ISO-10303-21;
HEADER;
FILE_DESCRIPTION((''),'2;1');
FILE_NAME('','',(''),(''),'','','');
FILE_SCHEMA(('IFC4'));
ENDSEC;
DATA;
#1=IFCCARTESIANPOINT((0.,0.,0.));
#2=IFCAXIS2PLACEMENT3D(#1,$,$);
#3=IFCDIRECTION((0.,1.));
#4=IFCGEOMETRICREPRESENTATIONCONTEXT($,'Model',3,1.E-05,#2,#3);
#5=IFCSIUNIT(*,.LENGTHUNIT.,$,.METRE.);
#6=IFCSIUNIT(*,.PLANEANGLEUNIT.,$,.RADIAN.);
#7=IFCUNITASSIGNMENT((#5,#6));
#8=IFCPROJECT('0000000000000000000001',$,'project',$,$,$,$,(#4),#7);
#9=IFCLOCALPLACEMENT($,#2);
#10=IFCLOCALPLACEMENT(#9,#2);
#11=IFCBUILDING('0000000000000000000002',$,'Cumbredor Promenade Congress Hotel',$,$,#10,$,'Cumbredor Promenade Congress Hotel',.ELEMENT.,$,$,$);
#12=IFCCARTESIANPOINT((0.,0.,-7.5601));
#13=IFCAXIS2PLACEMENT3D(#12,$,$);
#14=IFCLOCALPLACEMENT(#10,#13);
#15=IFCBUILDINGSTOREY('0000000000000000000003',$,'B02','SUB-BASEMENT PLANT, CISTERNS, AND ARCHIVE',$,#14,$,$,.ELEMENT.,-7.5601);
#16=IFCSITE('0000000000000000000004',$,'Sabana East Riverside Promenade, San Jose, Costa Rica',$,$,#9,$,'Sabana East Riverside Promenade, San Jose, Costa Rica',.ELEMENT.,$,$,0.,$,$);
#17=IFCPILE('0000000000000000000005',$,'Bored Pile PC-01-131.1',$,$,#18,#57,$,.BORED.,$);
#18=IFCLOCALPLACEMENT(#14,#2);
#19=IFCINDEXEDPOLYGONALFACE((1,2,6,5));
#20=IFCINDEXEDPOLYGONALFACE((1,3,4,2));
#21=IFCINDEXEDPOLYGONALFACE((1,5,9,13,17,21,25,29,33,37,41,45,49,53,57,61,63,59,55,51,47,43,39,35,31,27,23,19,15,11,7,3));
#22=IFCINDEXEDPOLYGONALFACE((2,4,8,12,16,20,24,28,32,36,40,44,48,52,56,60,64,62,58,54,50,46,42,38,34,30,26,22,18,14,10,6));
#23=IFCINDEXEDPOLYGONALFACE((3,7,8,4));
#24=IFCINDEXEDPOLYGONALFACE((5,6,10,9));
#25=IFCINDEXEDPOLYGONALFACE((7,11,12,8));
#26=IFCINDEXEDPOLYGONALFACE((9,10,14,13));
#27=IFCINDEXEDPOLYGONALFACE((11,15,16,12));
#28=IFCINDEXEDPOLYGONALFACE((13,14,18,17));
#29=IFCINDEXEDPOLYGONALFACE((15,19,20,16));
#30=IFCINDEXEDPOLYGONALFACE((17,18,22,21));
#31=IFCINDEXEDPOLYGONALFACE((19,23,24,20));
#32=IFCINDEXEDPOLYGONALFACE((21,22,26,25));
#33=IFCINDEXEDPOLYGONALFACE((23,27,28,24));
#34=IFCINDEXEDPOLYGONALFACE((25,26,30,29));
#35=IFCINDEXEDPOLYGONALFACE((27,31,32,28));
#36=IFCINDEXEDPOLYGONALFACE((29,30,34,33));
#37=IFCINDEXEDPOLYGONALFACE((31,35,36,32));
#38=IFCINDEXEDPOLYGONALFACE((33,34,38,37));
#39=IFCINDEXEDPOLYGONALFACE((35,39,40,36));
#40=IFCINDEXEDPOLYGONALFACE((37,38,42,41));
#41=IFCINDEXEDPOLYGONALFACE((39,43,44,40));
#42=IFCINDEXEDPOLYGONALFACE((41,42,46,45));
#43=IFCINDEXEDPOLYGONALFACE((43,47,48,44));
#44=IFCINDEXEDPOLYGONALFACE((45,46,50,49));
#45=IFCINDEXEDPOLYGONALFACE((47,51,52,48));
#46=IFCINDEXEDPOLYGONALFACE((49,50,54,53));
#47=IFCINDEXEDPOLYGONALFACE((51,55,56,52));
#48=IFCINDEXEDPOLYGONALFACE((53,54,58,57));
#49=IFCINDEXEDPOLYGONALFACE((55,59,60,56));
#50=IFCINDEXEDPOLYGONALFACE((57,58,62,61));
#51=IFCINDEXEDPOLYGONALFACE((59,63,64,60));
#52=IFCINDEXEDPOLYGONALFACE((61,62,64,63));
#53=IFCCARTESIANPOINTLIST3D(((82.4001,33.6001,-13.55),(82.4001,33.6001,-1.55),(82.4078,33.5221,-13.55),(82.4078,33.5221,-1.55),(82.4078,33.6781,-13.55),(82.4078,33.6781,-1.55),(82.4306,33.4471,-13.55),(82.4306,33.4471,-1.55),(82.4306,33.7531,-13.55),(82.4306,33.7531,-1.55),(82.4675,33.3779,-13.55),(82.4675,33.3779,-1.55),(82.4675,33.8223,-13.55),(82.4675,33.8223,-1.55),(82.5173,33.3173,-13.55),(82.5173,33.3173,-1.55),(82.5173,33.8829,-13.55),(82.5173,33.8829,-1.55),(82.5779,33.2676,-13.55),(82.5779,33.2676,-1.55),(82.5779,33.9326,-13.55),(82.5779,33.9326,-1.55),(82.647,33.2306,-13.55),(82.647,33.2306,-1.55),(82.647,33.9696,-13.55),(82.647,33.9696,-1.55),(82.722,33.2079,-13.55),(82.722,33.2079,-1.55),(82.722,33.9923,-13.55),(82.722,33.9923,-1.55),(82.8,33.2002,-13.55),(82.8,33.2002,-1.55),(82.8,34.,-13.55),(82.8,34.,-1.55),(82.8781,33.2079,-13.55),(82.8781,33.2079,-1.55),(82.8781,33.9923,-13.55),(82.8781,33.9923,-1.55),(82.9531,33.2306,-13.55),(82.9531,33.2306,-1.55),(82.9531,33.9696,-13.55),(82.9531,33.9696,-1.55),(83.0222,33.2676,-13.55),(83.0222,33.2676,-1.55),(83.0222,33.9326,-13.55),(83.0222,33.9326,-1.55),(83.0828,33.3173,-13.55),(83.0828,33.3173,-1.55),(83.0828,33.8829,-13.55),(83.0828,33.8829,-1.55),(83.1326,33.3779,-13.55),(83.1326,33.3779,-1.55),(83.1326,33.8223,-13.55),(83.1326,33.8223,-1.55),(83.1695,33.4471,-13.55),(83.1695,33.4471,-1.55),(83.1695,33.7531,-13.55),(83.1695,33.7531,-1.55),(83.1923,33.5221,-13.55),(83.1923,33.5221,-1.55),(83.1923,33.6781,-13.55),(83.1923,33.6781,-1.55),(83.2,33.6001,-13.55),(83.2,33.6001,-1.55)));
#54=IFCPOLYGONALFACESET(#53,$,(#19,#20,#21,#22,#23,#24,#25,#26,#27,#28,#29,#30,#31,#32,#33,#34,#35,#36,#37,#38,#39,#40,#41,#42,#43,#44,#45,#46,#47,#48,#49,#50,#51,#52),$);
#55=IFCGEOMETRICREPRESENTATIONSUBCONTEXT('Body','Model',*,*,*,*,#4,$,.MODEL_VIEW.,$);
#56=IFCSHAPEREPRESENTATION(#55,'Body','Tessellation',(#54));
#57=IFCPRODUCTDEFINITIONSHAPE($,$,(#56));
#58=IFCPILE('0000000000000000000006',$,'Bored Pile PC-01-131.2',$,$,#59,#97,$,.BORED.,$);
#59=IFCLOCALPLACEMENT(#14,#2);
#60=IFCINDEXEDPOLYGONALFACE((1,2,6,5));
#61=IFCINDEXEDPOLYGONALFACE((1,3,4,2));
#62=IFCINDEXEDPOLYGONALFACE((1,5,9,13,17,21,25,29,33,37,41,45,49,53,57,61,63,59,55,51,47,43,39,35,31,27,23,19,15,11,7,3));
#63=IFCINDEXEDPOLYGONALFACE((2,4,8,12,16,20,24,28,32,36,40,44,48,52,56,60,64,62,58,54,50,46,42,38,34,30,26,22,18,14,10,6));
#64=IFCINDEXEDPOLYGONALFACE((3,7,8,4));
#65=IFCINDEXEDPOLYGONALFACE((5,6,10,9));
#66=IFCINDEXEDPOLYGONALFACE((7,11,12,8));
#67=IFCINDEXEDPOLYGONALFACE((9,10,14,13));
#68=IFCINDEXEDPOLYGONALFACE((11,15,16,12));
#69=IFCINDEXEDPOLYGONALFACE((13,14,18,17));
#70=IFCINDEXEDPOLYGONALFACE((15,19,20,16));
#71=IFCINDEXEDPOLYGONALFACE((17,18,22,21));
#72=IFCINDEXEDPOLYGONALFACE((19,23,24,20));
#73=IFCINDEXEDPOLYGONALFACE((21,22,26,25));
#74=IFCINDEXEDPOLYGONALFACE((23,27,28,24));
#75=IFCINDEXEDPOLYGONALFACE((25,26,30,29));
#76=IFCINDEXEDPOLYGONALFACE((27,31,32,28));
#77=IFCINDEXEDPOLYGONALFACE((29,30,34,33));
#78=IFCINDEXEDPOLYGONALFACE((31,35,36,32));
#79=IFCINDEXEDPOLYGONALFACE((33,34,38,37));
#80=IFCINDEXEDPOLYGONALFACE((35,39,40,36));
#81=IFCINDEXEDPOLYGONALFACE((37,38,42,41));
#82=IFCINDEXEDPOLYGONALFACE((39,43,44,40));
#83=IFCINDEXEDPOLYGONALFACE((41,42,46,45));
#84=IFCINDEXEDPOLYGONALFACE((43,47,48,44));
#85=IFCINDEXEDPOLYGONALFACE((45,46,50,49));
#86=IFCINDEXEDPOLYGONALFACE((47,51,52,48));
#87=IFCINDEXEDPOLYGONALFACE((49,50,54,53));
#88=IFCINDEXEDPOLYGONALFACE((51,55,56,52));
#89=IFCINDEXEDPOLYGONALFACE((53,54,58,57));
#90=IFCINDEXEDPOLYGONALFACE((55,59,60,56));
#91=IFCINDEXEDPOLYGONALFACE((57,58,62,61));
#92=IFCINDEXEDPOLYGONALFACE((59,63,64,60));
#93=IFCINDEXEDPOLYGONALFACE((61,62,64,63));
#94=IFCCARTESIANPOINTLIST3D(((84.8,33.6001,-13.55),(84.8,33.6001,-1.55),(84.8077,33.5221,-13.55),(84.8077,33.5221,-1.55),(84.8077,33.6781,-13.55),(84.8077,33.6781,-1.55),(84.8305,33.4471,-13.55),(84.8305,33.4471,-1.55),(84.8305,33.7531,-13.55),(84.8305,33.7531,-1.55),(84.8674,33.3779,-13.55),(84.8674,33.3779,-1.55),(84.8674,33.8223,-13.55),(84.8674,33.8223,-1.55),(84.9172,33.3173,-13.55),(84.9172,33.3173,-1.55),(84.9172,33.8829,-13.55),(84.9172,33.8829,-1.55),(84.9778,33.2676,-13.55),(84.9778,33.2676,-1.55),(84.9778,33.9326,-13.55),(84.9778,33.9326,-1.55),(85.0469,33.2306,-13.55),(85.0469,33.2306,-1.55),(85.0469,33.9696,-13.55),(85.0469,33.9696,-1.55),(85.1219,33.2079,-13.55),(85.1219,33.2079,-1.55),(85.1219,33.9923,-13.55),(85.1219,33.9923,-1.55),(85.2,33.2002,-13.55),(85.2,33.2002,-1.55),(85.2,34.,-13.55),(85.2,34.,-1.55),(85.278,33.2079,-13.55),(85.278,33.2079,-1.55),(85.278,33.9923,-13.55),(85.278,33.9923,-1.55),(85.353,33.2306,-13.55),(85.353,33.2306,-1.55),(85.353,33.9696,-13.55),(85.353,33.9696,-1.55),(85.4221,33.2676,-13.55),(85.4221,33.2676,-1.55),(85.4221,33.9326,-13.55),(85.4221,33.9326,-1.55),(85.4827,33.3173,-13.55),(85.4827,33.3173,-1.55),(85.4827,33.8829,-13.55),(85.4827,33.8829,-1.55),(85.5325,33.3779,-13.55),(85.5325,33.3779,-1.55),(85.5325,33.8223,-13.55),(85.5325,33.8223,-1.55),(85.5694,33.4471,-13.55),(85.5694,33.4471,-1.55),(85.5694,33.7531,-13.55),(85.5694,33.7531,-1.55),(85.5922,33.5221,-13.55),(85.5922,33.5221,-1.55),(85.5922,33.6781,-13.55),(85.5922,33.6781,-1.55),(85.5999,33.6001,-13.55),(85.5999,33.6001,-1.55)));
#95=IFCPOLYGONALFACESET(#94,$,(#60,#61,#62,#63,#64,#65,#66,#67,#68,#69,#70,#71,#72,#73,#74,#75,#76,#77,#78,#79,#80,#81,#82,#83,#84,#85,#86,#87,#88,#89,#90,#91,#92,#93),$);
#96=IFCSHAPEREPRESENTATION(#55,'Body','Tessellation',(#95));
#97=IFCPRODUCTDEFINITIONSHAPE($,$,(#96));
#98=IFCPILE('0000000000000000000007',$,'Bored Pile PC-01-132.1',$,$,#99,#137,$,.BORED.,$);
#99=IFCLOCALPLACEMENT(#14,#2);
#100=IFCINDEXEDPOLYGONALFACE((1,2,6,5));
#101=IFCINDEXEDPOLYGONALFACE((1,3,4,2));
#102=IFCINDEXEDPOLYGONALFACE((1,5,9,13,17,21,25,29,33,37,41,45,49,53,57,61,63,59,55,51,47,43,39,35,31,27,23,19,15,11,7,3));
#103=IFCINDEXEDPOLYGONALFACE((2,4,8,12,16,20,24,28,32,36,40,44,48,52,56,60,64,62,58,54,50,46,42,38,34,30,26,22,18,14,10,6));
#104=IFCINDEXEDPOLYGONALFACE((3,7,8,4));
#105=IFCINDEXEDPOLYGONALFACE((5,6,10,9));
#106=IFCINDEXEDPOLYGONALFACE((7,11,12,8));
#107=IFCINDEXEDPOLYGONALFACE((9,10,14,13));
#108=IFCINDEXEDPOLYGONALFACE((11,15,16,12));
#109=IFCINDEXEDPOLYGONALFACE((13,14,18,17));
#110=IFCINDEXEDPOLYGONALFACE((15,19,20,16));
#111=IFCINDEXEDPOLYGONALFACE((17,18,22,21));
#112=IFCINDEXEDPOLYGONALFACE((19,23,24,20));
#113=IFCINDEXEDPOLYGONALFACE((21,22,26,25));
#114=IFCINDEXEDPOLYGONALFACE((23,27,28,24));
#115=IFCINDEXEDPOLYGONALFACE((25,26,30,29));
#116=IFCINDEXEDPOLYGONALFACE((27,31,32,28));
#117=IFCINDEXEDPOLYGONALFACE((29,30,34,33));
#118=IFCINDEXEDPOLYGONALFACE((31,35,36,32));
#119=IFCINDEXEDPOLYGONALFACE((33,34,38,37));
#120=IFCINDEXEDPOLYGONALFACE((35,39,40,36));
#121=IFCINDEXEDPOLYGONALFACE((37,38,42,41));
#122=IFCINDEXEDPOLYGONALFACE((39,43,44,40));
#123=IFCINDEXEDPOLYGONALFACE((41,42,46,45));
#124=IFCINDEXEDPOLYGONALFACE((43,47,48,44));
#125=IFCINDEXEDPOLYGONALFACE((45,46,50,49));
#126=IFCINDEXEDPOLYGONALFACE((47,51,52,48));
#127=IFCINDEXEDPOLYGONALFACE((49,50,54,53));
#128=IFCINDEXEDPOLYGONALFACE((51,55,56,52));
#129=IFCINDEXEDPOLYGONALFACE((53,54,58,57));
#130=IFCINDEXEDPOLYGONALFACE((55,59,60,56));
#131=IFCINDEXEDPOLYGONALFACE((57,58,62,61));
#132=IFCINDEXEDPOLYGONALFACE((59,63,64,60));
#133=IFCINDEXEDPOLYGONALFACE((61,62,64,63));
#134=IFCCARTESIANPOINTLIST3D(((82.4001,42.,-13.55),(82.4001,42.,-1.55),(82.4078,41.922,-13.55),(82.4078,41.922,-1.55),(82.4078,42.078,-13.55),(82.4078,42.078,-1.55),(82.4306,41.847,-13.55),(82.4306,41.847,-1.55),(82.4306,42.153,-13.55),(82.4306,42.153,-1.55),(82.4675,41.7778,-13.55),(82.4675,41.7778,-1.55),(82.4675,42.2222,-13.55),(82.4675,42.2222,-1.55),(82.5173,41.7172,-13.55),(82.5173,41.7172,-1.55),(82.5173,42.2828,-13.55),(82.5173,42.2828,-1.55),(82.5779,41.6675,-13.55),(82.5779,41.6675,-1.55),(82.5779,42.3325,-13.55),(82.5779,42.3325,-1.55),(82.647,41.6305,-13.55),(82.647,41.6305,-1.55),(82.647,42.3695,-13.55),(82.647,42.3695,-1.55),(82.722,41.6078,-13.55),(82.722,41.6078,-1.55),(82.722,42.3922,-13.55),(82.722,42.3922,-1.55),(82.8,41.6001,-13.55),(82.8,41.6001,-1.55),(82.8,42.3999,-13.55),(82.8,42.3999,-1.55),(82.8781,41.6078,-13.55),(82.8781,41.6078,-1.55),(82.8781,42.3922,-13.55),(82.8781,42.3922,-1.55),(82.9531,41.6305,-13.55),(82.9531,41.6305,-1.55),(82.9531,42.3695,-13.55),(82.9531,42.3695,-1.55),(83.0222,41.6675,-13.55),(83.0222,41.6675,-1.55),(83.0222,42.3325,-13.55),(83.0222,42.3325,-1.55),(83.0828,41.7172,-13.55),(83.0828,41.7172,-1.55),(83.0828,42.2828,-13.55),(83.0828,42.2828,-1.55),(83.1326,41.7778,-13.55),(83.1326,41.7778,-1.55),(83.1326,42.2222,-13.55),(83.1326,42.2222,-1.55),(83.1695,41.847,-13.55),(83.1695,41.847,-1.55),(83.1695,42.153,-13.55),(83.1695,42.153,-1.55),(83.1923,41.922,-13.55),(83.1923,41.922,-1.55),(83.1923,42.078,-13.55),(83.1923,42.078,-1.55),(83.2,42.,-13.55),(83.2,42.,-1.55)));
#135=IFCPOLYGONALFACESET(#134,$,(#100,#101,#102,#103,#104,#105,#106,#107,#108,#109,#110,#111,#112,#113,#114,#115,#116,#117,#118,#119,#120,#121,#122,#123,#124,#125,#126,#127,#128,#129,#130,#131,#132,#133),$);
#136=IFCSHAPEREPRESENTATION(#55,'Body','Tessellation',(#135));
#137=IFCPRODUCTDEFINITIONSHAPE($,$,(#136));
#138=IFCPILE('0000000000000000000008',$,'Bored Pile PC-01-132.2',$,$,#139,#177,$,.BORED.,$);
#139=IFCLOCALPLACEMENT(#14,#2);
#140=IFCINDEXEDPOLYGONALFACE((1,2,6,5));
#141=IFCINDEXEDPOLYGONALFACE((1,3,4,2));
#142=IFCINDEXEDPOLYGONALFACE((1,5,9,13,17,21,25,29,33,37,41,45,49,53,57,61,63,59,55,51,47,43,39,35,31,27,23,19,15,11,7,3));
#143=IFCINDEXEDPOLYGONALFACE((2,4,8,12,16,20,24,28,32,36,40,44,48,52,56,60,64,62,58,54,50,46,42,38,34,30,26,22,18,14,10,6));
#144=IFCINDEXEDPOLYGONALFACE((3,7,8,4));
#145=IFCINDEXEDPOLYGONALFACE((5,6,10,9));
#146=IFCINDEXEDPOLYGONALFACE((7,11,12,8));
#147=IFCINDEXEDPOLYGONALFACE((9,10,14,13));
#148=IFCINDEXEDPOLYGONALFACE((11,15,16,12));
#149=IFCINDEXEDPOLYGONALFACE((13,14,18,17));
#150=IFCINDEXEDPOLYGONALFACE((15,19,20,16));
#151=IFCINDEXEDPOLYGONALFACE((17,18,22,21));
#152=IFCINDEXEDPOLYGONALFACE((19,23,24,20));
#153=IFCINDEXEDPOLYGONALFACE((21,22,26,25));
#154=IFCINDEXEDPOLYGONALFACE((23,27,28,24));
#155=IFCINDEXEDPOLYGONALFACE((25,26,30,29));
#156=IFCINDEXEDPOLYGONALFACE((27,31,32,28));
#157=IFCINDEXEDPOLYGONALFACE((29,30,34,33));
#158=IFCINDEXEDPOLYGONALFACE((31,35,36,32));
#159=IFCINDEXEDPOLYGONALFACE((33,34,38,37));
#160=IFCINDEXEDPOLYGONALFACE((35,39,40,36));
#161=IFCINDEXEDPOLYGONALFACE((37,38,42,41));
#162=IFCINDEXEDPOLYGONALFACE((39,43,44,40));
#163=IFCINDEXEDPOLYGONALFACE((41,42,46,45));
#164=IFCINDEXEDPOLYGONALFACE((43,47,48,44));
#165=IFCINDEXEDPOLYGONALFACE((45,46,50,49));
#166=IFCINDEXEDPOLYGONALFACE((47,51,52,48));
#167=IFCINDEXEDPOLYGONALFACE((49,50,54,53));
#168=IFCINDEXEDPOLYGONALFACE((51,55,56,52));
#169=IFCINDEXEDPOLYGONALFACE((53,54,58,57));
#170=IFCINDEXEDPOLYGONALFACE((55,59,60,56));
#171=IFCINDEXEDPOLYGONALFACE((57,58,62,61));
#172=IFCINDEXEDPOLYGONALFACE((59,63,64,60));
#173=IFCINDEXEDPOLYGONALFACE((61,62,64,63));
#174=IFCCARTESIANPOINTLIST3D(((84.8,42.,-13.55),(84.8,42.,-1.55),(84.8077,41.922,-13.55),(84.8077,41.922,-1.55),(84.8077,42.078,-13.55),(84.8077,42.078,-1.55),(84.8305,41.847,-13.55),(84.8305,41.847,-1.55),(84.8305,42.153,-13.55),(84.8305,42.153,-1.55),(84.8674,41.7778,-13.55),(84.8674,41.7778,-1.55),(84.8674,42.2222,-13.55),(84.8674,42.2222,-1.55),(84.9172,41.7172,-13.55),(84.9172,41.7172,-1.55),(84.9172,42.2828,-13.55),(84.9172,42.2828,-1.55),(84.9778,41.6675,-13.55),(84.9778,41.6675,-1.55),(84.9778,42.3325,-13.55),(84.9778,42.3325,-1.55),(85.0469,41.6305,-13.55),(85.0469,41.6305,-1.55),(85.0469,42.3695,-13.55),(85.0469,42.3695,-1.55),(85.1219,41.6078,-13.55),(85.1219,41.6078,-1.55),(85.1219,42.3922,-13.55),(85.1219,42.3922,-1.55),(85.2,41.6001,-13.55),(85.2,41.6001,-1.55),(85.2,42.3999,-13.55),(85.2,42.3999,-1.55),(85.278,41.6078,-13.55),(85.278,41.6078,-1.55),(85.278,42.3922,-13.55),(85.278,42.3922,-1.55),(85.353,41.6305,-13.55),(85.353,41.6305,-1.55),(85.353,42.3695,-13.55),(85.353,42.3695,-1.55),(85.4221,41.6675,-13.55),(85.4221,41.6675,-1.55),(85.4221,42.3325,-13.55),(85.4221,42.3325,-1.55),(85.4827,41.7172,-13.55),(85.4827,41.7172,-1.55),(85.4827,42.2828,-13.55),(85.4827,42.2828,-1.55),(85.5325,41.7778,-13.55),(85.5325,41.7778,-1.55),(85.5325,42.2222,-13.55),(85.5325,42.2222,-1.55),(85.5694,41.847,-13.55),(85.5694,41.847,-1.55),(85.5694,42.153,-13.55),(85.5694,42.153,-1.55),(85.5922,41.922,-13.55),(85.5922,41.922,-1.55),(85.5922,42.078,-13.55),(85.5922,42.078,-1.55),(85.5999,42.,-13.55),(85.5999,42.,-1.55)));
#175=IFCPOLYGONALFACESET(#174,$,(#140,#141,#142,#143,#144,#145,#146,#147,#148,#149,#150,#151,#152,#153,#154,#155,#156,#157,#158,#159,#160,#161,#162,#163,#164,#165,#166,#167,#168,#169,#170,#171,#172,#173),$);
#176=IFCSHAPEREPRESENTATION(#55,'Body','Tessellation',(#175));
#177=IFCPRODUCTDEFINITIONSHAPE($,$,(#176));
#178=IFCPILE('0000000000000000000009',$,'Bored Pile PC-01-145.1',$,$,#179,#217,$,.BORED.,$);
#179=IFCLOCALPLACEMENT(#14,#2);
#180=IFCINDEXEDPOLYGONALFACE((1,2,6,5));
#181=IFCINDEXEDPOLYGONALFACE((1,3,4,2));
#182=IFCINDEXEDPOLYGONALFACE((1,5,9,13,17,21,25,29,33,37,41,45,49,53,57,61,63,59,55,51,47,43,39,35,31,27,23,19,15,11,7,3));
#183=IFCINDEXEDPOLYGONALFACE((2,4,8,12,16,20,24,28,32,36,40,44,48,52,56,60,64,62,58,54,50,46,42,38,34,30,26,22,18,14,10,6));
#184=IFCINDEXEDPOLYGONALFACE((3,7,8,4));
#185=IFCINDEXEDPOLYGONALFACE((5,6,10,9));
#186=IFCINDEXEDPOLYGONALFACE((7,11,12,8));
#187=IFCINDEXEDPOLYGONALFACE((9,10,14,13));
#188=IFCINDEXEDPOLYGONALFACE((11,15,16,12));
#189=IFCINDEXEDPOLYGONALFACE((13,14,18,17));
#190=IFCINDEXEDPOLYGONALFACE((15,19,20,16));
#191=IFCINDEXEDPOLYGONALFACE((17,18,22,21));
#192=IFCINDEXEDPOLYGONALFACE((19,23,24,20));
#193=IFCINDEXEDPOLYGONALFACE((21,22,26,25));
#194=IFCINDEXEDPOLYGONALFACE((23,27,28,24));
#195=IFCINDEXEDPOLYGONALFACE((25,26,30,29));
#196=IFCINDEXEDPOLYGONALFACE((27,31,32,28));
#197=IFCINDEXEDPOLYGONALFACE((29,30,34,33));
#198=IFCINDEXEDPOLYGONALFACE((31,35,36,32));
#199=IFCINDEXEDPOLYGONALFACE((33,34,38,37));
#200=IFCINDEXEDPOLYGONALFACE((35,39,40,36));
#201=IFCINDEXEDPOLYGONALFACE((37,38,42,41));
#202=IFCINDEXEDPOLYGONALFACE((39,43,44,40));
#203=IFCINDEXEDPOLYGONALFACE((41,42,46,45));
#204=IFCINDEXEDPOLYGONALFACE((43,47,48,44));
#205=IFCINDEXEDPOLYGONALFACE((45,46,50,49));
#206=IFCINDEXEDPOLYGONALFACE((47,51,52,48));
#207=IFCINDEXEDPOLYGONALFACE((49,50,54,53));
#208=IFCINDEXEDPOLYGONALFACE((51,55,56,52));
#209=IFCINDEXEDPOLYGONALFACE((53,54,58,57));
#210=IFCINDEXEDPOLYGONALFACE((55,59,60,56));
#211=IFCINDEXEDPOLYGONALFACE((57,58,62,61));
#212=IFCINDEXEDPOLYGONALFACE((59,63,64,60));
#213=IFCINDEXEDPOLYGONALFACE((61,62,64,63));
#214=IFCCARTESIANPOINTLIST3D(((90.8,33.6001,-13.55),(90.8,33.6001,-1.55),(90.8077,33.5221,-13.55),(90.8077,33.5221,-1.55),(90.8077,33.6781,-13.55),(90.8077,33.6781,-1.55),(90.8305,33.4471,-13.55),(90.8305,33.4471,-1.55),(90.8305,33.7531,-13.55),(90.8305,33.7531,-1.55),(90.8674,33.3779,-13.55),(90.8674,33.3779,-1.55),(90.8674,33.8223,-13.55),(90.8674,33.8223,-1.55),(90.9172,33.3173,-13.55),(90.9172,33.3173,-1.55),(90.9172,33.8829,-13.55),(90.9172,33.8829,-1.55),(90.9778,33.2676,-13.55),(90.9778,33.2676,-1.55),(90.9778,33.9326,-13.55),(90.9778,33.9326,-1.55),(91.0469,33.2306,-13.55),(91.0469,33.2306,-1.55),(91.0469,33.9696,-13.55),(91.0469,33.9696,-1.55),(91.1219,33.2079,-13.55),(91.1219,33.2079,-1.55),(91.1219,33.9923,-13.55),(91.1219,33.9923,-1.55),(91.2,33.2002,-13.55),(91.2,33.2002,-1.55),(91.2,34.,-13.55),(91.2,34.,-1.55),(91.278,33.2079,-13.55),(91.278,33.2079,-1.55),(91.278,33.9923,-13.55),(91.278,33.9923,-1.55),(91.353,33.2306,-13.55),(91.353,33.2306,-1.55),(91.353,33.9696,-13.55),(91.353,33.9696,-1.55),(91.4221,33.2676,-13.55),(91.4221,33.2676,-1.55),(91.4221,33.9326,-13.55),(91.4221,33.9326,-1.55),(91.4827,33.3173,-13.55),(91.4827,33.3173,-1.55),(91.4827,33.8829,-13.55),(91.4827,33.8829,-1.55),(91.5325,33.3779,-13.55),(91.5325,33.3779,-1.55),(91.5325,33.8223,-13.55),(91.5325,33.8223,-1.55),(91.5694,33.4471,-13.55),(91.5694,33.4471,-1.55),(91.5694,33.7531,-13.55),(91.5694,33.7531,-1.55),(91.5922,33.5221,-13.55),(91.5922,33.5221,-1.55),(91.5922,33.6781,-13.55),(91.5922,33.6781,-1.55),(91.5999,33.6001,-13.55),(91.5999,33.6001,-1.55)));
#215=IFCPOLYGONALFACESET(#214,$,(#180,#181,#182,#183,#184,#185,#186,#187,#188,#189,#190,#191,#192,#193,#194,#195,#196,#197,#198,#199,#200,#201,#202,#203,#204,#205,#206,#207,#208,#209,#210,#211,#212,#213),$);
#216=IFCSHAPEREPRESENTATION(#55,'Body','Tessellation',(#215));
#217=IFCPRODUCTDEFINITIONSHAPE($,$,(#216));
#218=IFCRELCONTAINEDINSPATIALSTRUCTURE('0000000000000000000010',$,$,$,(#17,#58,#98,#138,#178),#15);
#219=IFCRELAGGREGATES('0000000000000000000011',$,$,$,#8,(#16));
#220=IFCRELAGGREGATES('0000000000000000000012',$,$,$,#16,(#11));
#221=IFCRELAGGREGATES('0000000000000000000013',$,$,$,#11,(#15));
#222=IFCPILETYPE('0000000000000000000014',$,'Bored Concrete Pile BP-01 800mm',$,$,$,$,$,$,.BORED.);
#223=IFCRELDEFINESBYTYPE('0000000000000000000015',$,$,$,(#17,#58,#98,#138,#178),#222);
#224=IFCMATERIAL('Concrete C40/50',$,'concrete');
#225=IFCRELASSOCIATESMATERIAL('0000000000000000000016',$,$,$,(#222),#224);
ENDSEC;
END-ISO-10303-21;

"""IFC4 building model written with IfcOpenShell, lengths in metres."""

from ifc_helpers import new_model, si_unit, direction, frame, origin, origin_2d, place, context, subcontext, project, spatial, circle, extrude, material, material_profile, profile_set, type_object, element, save


model = new_model("IFC4")

# Units and contexts
model_context = context("Model", 3, precision=1e-05, world=origin(), true_north=direction((0.0, 1.0)))
body_context = subcontext(model_context, "Body", "Model", "MODEL_VIEW")
ifc_project = project(units=[si_unit("LENGTHUNIT", "METRE"), si_unit("PLANEANGLEUNIT", "RADIAN")], contexts=[model_context])

# Site, building, storey
site_placement = place(None, origin())
site = spatial("IfcSite", under=ifc_project, at=site_placement, Name="Sabana East Riverside Promenade, San Jose, Costa Rica", LongName="Sabana East Riverside Promenade, San Jose, Costa Rica", CompositionType="ELEMENT", RefElevation=0.0)
building_placement = place(site_placement, origin())
building = spatial("IfcBuilding", under=site, at=building_placement, Name="Cumbredor Promenade Congress Hotel", LongName="Cumbredor Promenade Congress Hotel", CompositionType="ELEMENT")
storey_placement = place(building_placement, frame((0.0, 0.0, -7.5601)))
storey = spatial("IfcBuildingStorey", under=building, at=storey_placement, Name="B02", Description="SUB-BASEMENT PLANT, CISTERNS, AND ARCHIVE", CompositionType="ELEMENT", Elevation=-7.5601)

# Piles
ifc_material_1 = material(Name="Concrete C40/50", Category="concrete")
ifc_material_profile_1 = material_profile(ifc_material_1, circle(Radius=0.3999, at=origin_2d()), Name="PILE D800")
ifc_profile_set_1 = profile_set([ifc_material_profile_1], Name="Concrete C40/50")
pile_type = type_object("IfcPileType", Name="Bored Concrete Pile BP-01 800mm", PredefinedType="BORED", material=ifc_profile_set_1)
for number, where, z_axis, x_axis, name in (
    (1, (82.8, 33.6001, -1.55), (0.0, 0.0, -1.0), (1.0, 0.0, 0.0), "Bored Pile PC-01-131.1"),
    (2, (85.2, 33.6001, -1.55), (0.0, 0.0, -1.0), (1.0, 0.0, 0.0), "Bored Pile PC-01-131.2"),
    (3, (82.8, 42.0, -1.55), (0.0, 0.0, -1.0), (1.0, 0.0, 0.0), "Bored Pile PC-01-132.1"),
    (4, (85.2, 42.0, -1.55), (0.0, 0.0, -1.0), (1.0, 0.0, 0.0), "Bored Pile PC-01-132.2"),
    (5, (91.2, 33.6001, -1.55), (0.0, 0.0, -1.0), (1.0, 0.0, 0.0), "Bored Pile PC-01-145.1"),
):
    element("IfcPile", number, at=place(storey_placement, frame(where, z_axis=z_axis, x_axis=x_axis)), inside=storey, type_object=pile_type, Name=name, PredefinedType="BORED", context=body_context, shape_type="SweptSolid", body=[
        extrude(circle(Radius=0.3999, at=origin_2d()), origin(), (0.0, 0.0, 1.0), 12.0),
    ])

save(model, "model.ifc")
